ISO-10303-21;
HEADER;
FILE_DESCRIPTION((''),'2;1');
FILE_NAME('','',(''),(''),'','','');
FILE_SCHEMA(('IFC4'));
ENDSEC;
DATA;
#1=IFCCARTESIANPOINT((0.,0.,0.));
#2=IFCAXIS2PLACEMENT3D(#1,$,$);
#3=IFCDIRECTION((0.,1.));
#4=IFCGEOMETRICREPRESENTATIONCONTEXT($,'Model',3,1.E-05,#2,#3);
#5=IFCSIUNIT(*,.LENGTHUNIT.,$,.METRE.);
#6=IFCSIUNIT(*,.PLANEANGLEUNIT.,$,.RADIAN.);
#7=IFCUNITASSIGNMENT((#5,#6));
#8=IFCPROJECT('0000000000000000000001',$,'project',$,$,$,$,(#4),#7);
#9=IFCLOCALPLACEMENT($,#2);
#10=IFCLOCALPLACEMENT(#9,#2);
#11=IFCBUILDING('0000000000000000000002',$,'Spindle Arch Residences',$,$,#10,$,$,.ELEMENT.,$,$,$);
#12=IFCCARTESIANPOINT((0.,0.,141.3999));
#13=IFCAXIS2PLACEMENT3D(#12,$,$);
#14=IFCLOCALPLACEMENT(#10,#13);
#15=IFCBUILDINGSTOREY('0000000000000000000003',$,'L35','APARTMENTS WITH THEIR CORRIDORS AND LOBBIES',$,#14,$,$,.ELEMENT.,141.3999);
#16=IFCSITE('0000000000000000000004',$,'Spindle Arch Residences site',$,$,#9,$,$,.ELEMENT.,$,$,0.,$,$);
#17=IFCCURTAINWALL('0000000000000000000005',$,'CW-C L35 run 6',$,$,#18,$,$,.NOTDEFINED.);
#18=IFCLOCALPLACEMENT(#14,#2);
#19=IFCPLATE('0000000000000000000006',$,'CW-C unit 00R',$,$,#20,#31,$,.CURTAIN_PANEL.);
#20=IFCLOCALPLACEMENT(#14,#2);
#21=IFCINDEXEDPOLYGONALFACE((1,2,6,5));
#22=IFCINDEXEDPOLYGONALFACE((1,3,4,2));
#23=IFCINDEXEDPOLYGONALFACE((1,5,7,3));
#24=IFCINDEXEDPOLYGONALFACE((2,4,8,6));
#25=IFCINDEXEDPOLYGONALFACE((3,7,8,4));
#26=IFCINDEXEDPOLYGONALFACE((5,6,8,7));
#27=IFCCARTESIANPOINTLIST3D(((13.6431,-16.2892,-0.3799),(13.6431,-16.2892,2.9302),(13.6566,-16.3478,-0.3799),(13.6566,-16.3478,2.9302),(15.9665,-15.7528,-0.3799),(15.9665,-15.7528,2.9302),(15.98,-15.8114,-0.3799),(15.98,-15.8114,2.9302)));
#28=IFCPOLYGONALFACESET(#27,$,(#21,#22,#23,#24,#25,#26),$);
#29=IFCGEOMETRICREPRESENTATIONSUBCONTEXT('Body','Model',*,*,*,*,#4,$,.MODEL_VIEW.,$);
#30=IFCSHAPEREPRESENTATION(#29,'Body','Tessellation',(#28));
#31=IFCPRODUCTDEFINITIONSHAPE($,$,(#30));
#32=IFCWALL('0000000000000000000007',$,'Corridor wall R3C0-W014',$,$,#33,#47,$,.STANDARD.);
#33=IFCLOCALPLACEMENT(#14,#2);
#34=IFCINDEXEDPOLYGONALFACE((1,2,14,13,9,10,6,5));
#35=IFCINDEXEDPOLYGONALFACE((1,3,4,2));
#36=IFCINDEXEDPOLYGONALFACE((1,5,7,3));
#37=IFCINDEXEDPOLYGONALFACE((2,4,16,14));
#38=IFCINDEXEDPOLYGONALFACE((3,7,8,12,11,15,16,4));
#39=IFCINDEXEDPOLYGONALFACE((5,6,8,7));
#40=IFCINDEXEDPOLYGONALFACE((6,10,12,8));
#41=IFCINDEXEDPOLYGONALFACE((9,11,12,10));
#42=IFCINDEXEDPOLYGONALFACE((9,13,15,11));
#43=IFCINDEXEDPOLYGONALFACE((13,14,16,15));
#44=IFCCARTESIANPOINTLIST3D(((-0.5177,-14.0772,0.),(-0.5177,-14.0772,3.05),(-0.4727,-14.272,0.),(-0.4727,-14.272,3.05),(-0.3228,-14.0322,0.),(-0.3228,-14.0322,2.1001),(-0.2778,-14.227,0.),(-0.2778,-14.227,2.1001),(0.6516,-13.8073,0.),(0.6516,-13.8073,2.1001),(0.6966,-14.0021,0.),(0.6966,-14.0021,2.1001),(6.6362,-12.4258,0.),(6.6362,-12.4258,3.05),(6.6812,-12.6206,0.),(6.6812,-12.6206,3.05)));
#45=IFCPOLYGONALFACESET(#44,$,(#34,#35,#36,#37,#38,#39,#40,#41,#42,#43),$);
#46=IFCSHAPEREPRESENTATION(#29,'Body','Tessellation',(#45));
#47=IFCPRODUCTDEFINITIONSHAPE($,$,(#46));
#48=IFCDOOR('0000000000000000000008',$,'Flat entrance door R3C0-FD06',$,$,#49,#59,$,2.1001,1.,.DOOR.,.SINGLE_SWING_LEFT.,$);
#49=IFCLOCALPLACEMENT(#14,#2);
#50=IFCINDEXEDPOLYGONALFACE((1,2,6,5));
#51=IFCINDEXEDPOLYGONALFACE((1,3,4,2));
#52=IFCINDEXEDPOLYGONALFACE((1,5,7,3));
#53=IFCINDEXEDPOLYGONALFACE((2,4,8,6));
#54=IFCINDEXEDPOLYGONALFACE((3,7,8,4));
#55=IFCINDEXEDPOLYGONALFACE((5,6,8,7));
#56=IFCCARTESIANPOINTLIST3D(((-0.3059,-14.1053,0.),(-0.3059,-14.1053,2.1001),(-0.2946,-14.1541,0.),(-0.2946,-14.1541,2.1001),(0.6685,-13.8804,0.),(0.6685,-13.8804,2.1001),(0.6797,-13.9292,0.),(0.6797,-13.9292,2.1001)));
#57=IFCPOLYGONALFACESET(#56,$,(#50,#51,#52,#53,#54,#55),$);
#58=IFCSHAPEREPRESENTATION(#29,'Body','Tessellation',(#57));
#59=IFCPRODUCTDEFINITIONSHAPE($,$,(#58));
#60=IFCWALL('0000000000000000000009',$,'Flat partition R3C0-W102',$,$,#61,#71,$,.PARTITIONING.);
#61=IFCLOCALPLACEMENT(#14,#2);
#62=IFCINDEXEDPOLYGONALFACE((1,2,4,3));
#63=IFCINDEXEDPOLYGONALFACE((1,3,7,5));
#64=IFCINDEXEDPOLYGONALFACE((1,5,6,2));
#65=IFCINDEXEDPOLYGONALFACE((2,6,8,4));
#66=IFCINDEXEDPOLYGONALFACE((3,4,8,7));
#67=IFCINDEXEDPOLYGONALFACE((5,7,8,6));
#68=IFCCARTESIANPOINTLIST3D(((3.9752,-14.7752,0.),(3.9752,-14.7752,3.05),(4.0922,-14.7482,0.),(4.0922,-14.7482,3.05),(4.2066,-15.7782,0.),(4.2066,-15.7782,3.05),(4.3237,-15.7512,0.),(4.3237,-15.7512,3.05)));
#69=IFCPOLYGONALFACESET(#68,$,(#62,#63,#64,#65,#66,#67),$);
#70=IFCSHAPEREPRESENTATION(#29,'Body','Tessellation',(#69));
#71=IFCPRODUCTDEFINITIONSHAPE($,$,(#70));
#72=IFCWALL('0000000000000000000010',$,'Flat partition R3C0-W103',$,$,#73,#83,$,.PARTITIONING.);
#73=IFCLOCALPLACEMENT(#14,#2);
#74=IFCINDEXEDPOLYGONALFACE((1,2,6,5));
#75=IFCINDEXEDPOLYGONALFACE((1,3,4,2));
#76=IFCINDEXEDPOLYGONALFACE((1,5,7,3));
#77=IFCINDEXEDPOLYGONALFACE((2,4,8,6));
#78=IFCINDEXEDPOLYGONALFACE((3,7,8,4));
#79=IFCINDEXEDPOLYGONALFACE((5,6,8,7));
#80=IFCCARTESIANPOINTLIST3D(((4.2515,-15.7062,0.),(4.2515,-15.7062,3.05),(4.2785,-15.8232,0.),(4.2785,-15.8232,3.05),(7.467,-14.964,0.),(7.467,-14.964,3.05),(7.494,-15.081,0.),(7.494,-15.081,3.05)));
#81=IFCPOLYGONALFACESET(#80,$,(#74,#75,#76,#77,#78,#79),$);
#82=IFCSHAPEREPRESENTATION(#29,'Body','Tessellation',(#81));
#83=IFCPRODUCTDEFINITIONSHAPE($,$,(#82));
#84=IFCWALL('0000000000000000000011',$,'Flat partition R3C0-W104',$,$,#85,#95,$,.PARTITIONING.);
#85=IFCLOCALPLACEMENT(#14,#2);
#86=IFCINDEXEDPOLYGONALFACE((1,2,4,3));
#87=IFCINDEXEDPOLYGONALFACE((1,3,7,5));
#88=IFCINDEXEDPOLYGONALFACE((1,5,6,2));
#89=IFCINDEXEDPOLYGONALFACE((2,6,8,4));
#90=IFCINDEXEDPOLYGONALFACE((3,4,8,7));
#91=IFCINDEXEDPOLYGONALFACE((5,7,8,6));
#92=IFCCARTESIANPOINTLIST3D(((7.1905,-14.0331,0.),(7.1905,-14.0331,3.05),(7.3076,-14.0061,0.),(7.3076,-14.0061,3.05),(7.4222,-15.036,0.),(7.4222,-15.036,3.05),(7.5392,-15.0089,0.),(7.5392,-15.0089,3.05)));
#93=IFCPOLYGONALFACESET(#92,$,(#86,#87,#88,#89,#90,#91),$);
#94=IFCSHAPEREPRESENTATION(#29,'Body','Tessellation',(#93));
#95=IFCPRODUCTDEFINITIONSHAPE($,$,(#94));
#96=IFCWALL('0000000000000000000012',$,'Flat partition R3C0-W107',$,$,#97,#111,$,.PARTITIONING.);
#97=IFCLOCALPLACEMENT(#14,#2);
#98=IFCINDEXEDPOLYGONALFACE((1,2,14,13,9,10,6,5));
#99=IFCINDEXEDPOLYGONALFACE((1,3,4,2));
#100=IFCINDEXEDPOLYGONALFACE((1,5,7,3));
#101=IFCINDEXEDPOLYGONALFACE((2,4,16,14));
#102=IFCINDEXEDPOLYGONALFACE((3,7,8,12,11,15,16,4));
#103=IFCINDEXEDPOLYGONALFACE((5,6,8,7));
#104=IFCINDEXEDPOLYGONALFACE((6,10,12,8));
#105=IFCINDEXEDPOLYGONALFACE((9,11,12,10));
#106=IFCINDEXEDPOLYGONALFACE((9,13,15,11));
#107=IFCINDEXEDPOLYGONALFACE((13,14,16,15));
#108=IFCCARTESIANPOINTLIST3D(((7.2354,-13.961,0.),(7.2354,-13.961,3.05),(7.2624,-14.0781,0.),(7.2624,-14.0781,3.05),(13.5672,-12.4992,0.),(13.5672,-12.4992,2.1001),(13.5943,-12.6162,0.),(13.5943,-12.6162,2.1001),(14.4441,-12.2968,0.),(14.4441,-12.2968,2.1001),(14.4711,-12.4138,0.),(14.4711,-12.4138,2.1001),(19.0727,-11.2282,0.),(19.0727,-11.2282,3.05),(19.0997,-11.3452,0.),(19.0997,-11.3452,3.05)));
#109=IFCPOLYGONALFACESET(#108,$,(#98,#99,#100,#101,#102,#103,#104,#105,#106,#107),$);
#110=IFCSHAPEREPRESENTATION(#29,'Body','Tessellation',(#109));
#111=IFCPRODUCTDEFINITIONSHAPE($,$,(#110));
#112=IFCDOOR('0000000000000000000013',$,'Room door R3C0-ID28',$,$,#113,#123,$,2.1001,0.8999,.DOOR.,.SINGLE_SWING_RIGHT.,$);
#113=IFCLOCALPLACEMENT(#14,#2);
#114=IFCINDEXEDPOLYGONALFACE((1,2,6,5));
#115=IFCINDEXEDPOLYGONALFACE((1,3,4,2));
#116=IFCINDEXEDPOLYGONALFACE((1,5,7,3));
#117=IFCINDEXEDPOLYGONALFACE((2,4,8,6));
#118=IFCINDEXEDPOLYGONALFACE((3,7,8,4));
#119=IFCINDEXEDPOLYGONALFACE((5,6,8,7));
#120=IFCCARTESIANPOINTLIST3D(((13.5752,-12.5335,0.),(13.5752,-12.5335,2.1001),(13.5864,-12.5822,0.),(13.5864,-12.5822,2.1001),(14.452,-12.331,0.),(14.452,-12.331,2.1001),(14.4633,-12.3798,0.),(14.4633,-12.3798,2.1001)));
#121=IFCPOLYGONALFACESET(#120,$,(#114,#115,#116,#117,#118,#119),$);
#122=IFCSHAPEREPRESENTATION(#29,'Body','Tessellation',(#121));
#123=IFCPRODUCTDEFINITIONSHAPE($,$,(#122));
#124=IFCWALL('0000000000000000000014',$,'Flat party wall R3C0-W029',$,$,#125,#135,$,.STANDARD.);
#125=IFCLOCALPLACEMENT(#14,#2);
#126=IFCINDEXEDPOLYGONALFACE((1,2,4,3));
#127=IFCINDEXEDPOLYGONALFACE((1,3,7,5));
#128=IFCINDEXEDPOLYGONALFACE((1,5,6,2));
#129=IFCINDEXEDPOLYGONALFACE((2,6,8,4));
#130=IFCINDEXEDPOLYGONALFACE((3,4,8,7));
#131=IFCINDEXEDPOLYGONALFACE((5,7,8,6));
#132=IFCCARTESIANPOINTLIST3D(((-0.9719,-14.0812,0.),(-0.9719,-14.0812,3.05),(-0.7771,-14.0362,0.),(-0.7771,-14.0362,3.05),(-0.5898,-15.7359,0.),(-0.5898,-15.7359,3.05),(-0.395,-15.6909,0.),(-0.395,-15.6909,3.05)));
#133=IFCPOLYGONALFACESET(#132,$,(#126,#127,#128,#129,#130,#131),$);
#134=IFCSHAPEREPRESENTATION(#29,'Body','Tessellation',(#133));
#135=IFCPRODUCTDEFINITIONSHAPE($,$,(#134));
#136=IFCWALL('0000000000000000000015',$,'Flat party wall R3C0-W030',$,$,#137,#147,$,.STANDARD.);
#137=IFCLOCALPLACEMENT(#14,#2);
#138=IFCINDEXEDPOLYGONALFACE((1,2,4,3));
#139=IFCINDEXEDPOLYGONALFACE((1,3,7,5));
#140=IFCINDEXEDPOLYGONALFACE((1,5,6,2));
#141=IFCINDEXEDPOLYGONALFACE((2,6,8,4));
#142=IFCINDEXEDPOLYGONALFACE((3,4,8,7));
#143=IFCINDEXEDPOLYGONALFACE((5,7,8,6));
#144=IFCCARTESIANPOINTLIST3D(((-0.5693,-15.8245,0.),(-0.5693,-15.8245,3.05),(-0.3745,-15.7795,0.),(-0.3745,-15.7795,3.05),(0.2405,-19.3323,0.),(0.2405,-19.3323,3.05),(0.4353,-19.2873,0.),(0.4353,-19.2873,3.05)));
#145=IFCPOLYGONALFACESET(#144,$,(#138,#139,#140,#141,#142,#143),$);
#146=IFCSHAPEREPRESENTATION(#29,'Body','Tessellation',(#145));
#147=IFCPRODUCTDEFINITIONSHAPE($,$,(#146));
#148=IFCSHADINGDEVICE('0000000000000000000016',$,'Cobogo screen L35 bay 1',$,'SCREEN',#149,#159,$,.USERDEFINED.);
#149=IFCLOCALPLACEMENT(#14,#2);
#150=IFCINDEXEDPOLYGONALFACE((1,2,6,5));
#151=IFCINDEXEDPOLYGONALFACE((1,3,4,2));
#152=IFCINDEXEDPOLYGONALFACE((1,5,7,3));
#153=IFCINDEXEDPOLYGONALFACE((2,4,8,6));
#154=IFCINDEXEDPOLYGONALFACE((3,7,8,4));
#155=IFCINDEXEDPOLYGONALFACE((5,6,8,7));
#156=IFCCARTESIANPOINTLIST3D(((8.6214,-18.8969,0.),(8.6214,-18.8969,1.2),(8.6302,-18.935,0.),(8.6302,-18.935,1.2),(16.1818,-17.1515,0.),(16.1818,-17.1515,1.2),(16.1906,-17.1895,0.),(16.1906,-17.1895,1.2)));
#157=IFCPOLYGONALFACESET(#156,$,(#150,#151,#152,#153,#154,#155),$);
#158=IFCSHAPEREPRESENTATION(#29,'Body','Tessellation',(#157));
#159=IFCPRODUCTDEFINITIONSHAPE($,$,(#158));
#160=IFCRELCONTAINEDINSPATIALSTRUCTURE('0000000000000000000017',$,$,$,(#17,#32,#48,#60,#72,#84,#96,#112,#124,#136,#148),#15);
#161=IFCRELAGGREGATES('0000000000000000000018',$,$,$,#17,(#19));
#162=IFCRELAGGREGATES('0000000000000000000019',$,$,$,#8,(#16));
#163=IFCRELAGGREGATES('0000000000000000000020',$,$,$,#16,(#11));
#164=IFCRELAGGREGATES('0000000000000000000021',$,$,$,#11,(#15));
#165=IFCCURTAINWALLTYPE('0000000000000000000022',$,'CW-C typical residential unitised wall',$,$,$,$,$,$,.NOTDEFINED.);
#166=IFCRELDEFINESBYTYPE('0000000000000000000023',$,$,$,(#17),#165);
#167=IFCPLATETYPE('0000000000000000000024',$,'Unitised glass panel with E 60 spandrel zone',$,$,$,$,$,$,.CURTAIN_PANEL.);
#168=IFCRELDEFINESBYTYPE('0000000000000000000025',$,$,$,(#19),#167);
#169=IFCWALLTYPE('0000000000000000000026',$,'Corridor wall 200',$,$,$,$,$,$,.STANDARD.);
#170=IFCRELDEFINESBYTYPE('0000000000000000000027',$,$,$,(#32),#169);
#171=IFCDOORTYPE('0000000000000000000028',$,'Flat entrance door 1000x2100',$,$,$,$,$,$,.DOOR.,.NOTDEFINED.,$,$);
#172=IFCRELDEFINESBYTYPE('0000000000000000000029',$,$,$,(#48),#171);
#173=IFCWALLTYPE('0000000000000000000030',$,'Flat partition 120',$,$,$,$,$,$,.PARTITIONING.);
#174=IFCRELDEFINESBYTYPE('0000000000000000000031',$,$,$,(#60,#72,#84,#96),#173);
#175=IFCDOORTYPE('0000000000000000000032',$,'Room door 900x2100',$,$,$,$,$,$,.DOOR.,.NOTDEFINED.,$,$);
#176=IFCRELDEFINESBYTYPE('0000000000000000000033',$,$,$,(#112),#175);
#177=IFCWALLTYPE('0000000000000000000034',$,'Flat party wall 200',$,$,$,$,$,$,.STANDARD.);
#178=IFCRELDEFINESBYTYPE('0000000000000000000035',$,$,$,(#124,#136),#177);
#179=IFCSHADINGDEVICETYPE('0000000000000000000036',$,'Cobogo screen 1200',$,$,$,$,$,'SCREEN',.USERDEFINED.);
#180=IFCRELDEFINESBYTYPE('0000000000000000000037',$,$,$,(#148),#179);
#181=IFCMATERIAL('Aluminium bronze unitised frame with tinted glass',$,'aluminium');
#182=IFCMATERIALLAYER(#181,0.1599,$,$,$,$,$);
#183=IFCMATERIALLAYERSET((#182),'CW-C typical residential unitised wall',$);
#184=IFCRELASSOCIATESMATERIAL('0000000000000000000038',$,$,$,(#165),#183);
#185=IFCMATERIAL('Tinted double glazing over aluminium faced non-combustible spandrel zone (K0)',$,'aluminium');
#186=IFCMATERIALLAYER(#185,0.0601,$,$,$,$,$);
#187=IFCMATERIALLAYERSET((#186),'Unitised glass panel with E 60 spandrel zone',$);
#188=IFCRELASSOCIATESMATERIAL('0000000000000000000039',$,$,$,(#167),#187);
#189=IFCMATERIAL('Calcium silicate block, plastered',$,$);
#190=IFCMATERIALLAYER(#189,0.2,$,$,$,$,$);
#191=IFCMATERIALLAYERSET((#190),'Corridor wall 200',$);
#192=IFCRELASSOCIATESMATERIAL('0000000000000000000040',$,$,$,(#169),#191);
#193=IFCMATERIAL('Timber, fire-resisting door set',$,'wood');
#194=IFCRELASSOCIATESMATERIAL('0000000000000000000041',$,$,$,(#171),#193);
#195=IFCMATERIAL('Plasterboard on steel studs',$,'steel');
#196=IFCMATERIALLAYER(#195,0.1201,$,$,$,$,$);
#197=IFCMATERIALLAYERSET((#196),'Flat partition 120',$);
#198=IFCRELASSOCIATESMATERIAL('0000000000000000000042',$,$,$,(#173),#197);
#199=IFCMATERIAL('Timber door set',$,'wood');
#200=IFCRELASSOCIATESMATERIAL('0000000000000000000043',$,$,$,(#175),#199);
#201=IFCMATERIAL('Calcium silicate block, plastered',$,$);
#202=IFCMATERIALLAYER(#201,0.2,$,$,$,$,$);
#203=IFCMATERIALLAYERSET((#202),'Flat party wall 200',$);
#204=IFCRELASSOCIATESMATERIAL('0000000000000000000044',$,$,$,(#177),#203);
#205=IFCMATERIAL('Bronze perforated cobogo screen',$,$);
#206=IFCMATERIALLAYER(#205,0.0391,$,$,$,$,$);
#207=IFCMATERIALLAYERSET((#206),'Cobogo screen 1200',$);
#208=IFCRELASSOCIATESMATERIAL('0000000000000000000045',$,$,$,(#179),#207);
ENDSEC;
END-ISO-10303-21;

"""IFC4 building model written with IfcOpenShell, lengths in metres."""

from ifc_helpers import new_model, si_unit, direction, frame, frame_2d, origin, origin_2d, place, context, subcontext, project, spatial, rectangle, extrude, material, layer, layer_set, type_object, element, fill, aggregate, save


model = new_model("IFC4")

# Units and contexts
model_context = context("Model", 3, precision=1e-05, world=origin(), true_north=direction((0.0, 1.0)))
body_context = subcontext(model_context, "Body", "Model", "MODEL_VIEW")
ifc_project = project(units=[si_unit("LENGTHUNIT", "METRE"), si_unit("PLANEANGLEUNIT", "RADIAN")], contexts=[model_context])

# Site, building, storey
site_placement = place(None, origin())
site = spatial("IfcSite", under=ifc_project, at=site_placement, Name="Spindle Arch Residences site", CompositionType="ELEMENT", RefElevation=0.0)
building_placement = place(site_placement, origin())
building = spatial("IfcBuilding", under=site, at=building_placement, Name="Spindle Arch Residences", CompositionType="ELEMENT")
storey_placement = place(building_placement, frame((0.0, 0.0, 141.3999)))
storey = spatial("IfcBuildingStorey", under=building, at=storey_placement, Name="L35", Description="APARTMENTS WITH THEIR CORRIDORS AND LOBBIES", CompositionType="ELEMENT", Elevation=141.3999)

# Curtain wall
ifc_material_1 = material(Name="Aluminium bronze unitised frame with tinted glass", Category="aluminium")
ifc_layer_1 = layer(ifc_material_1, 0.1599)
ifc_layer_set_1 = layer_set([ifc_layer_1], Name="CW-C typical residential unitised wall")
curtain_wall_type = type_object("IfcCurtainWallType", Name="CW-C typical residential unitised wall", PredefinedType="NOTDEFINED", material=ifc_layer_set_1)
curtain_wall_placement = place(storey_placement, origin())
curtain_wall = element("IfcCurtainWall", 1, at=curtain_wall_placement, inside=storey, type_object=curtain_wall_type, Name="CW-C L35 run 6", PredefinedType="NOTDEFINED")

# Plate
ifc_material_2 = material(Name="Tinted double glazing over aluminium faced non-combustible spandrel zone (K0)", Category="aluminium")
ifc_layer_2 = layer(ifc_material_2, 0.0601)
ifc_layer_set_2 = layer_set([ifc_layer_2], Name="Unitised glass panel with E 60 spandrel zone")
plate_type = type_object("IfcPlateType", Name="Unitised glass panel with E 60 spandrel zone", PredefinedType="CURTAIN_PANEL", material=ifc_layer_set_2)
plate_1_placement = place(storey_placement, frame((14.8115, -16.0503, -0.3799), z_axis=(0.0, 0.0, 1.0), x_axis=(0.97437, 0.224951, 0.0)))
plate_1 = element("IfcPlate", 2, at=plate_1_placement, type_object=plate_type, Name="CW-C unit 00R", PredefinedType="CURTAIN_PANEL", context=body_context, shape_type="SweptSolid", body=[
    extrude(rectangle(XDim=2.3845, YDim=0.0601, at=origin_2d()), origin(), (0.0, 0.0, 1.0), 3.3101),
])
aggregate(curtain_wall, [plate_1])

# Wall, opening, door
ifc_material_3 = material(Name="Calcium silicate block, plastered")
ifc_layer_3 = layer(ifc_material_3, 0.2)
ifc_layer_set_3 = layer_set([ifc_layer_3], Name="Corridor wall 200")
wall_type_1 = type_object("IfcWallType", Name="Corridor wall 200", PredefinedType="STANDARD", material=ifc_layer_set_3)
wall_1_placement = place(storey_placement, frame((-0.4951, -14.1746, 0.0), z_axis=(0.0, 0.0, 1.0), x_axis=(0.974377, 0.224923, 0.0)))
wall_1 = element("IfcWall", 3, at=wall_1_placement, inside=storey, type_object=wall_type_1, Name="Corridor wall R3C0-W014", PredefinedType="STANDARD", context=body_context, shape_type="SweptSolid", body=[
    extrude(rectangle(XDim=7.342, YDim=0.2, at=frame_2d((3.6709, 0.0))), origin(), (0.0, 0.0, 1.0), 3.05),
])
opening_1_placement = place(wall_1_placement, frame((0.2, 0.0, 0.0)))
opening_1 = element("IfcOpeningElement", 4, at=opening_1_placement, cuts=wall_1, PredefinedType="OPENING", context=body_context, shape_type="SweptSolid", body=[
    extrude(rectangle(XDim=1.0, YDim=2.1001, at=frame_2d((0.5, 1.05))), frame((0.0, 0.1099, 0.0), z_axis=(0.0, -1.0, 0.0), x_axis=(1.0, 0.0, 0.0)), (0.0, 0.0, 1.0), 0.22),
])
ifc_material_4 = material(Name="Timber, fire-resisting door set", Category="wood")
door_type_1 = type_object("IfcDoorType", Name="Flat entrance door 1000x2100", OperationType="NOTDEFINED", PredefinedType="DOOR", material=ifc_material_4)
door_1_placement = place(opening_1_placement, origin())
door_1 = element("IfcDoor", 5, at=door_1_placement, inside=storey, type_object=door_type_1, Name="Flat entrance door R3C0-FD06", OperationType="SINGLE_SWING_LEFT", OverallHeight=2.1001, OverallWidth=1.0, PredefinedType="DOOR", context=body_context, shape_type="SweptSolid", body=[
    extrude(rectangle(XDim=1.0, YDim=2.1001, at=frame_2d((0.5, 1.05))), frame((0.0, 0.0249, 0.0), z_axis=(0.0, -1.0, 0.0), x_axis=(1.0, 0.0, 0.0)), (0.0, 0.0, 1.0), 0.05),
])
fill(opening_1, door_1)

# Walls
ifc_material_5 = material(Name="Plasterboard on steel studs", Category="steel")
ifc_layer_4 = layer(ifc_material_5, 0.1201)
ifc_layer_set_4 = layer_set([ifc_layer_4], Name="Flat partition 120")
wall_type_2 = type_object("IfcWallType", Name="Flat partition 120", PredefinedType="PARTITIONING", material=ifc_layer_set_4)
wall_2_placement = place(storey_placement, frame((4.0337, -14.7617, 0.0), z_axis=(0.0, 0.0, 1.0), x_axis=(0.22486, -0.974391, 0.0)))
element("IfcWall", 6, at=wall_2_placement, inside=storey, type_object=wall_type_2, Name="Flat partition R3C0-W102", PredefinedType="PARTITIONING", context=body_context, shape_type="SweptSolid", body=[
    extrude(rectangle(XDim=1.0293, YDim=0.1201, at=frame_2d((0.5146, 0.0))), origin(), (0.0, 0.0, 1.0), 3.05),
])
wall_3_placement = place(storey_placement, frame((4.2651, -15.7646, 0.0), z_axis=(0.0, 0.0, 1.0), x_axis=(0.974382, 0.224897, 0.0)))
element("IfcWall", 7, at=wall_3_placement, inside=storey, type_object=wall_type_2, Name="Flat partition R3C0-W103", PredefinedType="PARTITIONING", context=body_context, shape_type="SweptSolid", body=[
    extrude(rectangle(XDim=3.3, YDim=0.1201, at=frame_2d((1.6499, 0.0))), origin(), (0.0, 0.0, 1.0), 3.05),
])
wall_4_placement = place(storey_placement, frame((7.4807, -15.0225, 0.0), z_axis=(0.0, 0.0, 1.0), x_axis=(-0.225085, 0.974339, 0.0)))
element("IfcWall", 8, at=wall_4_placement, inside=storey, type_object=wall_type_2, Name="Flat partition R3C0-W104", PredefinedType="PARTITIONING", context=body_context, shape_type="SweptSolid", body=[
    extrude(rectangle(XDim=1.0293, YDim=0.1201, at=frame_2d((0.5146, 0.0))), origin(), (0.0, 0.0, 1.0), 3.05),
])

# Wall, opening, door
wall_5_placement = place(storey_placement, frame((7.249, -14.0195, 0.0), z_axis=(0.0, 0.0, 1.0), x_axis=(0.97437, 0.224953, 0.0)))
wall_5 = element("IfcWall", 9, at=wall_5_placement, inside=storey, type_object=wall_type_2, Name="Flat partition R3C0-W107", PredefinedType="PARTITIONING", context=body_context, shape_type="SweptSolid", body=[
    extrude(rectangle(XDim=12.1487, YDim=0.1201, at=frame_2d((6.0742, 0.0))), origin(), (0.0, 0.0, 1.0), 3.05),
])
opening_2_placement = place(wall_5_placement, frame((6.4983, 0.0, 0.0)))
opening_2 = element("IfcOpeningElement", 10, at=opening_2_placement, cuts=wall_5, PredefinedType="OPENING", context=body_context, shape_type="SweptSolid", body=[
    extrude(rectangle(XDim=0.8999, YDim=2.1001, at=frame_2d((0.45, 1.05))), frame((0.0, 0.0701, 0.0), z_axis=(0.0, -1.0, 0.0), x_axis=(1.0, 0.0, 0.0)), (0.0, 0.0, 1.0), 0.1401),
])
ifc_material_6 = material(Name="Timber door set", Category="wood")
door_type_2 = type_object("IfcDoorType", Name="Room door 900x2100", OperationType="NOTDEFINED", PredefinedType="DOOR", material=ifc_material_6)
door_2_placement = place(opening_2_placement, origin())
door_2 = element("IfcDoor", 11, at=door_2_placement, inside=storey, type_object=door_type_2, Name="Room door R3C0-ID28", OperationType="SINGLE_SWING_RIGHT", OverallHeight=2.1001, OverallWidth=0.8999, PredefinedType="DOOR", context=body_context, shape_type="SweptSolid", body=[
    extrude(rectangle(XDim=0.8999, YDim=2.1001, at=frame_2d((0.45, 1.05))), frame((0.0, 0.0249, 0.0), z_axis=(0.0, -1.0, 0.0), x_axis=(1.0, 0.0, 0.0)), (0.0, 0.0, 1.0), 0.05),
])
fill(opening_2, door_2)

# Walls
ifc_material_7 = material(Name="Calcium silicate block, plastered")
ifc_layer_5 = layer(ifc_material_7, 0.2)
ifc_layer_set_5 = layer_set([ifc_layer_5], Name="Flat party wall 200")
wall_type_3 = type_object("IfcWallType", Name="Flat party wall 200", PredefinedType="STANDARD", material=ifc_layer_set_5)
wall_6_placement = place(storey_placement, frame((-0.4924, -15.7134, 0.0), z_axis=(0.0, 0.0, 1.0), x_axis=(-0.224975, 0.974365, 0.0)))
element("IfcWall", 12, at=wall_6_placement, inside=storey, type_object=wall_type_3, Name="Flat party wall R3C0-W029", PredefinedType="STANDARD", context=body_context, shape_type="SweptSolid", body=[
    extrude(rectangle(XDim=1.6982, YDim=0.2, at=frame_2d((0.8491, 0.0))), origin(), (0.0, 0.0, 1.0), 3.05),
])
wall_7_placement = place(storey_placement, frame((0.3379, -19.3098, 0.0), z_axis=(0.0, 0.0, 1.0), x_axis=(-0.224944, 0.974372, 0.0)))
element("IfcWall", 13, at=wall_7_placement, inside=storey, type_object=wall_type_3, Name="Flat party wall R3C0-W030", PredefinedType="STANDARD", context=body_context, shape_type="SweptSolid", body=[
    extrude(rectangle(XDim=3.6001, YDim=0.2, at=frame_2d((1.8, 0.0))), origin(), (0.0, 0.0, 1.0), 3.05),
])

# Shading device
ifc_material_8 = material(Name="Bronze perforated cobogo screen")
ifc_layer_6 = layer(ifc_material_8, 0.0391)
ifc_layer_set_6 = layer_set([ifc_layer_6], Name="Cobogo screen 1200")
shading_device_type = type_object("IfcShadingDeviceType", Name="Cobogo screen 1200", ElementType="SCREEN", PredefinedType="USERDEFINED", material=ifc_layer_set_6)
shading_device_placement = place(storey_placement, frame((12.406, -18.0432, 0.0), z_axis=(0.0, 0.0, 1.0), x_axis=(0.97437, 0.224951, 0.0)))
element("IfcShadingDevice", 14, at=shading_device_placement, inside=storey, type_object=shading_device_type, Name="Cobogo screen L35 bay 1", ObjectType="SCREEN", PredefinedType="USERDEFINED", context=body_context, shape_type="SweptSolid", body=[
    extrude(rectangle(XDim=7.7593, YDim=0.0391, at=origin_2d()), origin(), (0.0, 0.0, 1.0), 1.2),
])

save(model, "model.ifc")
